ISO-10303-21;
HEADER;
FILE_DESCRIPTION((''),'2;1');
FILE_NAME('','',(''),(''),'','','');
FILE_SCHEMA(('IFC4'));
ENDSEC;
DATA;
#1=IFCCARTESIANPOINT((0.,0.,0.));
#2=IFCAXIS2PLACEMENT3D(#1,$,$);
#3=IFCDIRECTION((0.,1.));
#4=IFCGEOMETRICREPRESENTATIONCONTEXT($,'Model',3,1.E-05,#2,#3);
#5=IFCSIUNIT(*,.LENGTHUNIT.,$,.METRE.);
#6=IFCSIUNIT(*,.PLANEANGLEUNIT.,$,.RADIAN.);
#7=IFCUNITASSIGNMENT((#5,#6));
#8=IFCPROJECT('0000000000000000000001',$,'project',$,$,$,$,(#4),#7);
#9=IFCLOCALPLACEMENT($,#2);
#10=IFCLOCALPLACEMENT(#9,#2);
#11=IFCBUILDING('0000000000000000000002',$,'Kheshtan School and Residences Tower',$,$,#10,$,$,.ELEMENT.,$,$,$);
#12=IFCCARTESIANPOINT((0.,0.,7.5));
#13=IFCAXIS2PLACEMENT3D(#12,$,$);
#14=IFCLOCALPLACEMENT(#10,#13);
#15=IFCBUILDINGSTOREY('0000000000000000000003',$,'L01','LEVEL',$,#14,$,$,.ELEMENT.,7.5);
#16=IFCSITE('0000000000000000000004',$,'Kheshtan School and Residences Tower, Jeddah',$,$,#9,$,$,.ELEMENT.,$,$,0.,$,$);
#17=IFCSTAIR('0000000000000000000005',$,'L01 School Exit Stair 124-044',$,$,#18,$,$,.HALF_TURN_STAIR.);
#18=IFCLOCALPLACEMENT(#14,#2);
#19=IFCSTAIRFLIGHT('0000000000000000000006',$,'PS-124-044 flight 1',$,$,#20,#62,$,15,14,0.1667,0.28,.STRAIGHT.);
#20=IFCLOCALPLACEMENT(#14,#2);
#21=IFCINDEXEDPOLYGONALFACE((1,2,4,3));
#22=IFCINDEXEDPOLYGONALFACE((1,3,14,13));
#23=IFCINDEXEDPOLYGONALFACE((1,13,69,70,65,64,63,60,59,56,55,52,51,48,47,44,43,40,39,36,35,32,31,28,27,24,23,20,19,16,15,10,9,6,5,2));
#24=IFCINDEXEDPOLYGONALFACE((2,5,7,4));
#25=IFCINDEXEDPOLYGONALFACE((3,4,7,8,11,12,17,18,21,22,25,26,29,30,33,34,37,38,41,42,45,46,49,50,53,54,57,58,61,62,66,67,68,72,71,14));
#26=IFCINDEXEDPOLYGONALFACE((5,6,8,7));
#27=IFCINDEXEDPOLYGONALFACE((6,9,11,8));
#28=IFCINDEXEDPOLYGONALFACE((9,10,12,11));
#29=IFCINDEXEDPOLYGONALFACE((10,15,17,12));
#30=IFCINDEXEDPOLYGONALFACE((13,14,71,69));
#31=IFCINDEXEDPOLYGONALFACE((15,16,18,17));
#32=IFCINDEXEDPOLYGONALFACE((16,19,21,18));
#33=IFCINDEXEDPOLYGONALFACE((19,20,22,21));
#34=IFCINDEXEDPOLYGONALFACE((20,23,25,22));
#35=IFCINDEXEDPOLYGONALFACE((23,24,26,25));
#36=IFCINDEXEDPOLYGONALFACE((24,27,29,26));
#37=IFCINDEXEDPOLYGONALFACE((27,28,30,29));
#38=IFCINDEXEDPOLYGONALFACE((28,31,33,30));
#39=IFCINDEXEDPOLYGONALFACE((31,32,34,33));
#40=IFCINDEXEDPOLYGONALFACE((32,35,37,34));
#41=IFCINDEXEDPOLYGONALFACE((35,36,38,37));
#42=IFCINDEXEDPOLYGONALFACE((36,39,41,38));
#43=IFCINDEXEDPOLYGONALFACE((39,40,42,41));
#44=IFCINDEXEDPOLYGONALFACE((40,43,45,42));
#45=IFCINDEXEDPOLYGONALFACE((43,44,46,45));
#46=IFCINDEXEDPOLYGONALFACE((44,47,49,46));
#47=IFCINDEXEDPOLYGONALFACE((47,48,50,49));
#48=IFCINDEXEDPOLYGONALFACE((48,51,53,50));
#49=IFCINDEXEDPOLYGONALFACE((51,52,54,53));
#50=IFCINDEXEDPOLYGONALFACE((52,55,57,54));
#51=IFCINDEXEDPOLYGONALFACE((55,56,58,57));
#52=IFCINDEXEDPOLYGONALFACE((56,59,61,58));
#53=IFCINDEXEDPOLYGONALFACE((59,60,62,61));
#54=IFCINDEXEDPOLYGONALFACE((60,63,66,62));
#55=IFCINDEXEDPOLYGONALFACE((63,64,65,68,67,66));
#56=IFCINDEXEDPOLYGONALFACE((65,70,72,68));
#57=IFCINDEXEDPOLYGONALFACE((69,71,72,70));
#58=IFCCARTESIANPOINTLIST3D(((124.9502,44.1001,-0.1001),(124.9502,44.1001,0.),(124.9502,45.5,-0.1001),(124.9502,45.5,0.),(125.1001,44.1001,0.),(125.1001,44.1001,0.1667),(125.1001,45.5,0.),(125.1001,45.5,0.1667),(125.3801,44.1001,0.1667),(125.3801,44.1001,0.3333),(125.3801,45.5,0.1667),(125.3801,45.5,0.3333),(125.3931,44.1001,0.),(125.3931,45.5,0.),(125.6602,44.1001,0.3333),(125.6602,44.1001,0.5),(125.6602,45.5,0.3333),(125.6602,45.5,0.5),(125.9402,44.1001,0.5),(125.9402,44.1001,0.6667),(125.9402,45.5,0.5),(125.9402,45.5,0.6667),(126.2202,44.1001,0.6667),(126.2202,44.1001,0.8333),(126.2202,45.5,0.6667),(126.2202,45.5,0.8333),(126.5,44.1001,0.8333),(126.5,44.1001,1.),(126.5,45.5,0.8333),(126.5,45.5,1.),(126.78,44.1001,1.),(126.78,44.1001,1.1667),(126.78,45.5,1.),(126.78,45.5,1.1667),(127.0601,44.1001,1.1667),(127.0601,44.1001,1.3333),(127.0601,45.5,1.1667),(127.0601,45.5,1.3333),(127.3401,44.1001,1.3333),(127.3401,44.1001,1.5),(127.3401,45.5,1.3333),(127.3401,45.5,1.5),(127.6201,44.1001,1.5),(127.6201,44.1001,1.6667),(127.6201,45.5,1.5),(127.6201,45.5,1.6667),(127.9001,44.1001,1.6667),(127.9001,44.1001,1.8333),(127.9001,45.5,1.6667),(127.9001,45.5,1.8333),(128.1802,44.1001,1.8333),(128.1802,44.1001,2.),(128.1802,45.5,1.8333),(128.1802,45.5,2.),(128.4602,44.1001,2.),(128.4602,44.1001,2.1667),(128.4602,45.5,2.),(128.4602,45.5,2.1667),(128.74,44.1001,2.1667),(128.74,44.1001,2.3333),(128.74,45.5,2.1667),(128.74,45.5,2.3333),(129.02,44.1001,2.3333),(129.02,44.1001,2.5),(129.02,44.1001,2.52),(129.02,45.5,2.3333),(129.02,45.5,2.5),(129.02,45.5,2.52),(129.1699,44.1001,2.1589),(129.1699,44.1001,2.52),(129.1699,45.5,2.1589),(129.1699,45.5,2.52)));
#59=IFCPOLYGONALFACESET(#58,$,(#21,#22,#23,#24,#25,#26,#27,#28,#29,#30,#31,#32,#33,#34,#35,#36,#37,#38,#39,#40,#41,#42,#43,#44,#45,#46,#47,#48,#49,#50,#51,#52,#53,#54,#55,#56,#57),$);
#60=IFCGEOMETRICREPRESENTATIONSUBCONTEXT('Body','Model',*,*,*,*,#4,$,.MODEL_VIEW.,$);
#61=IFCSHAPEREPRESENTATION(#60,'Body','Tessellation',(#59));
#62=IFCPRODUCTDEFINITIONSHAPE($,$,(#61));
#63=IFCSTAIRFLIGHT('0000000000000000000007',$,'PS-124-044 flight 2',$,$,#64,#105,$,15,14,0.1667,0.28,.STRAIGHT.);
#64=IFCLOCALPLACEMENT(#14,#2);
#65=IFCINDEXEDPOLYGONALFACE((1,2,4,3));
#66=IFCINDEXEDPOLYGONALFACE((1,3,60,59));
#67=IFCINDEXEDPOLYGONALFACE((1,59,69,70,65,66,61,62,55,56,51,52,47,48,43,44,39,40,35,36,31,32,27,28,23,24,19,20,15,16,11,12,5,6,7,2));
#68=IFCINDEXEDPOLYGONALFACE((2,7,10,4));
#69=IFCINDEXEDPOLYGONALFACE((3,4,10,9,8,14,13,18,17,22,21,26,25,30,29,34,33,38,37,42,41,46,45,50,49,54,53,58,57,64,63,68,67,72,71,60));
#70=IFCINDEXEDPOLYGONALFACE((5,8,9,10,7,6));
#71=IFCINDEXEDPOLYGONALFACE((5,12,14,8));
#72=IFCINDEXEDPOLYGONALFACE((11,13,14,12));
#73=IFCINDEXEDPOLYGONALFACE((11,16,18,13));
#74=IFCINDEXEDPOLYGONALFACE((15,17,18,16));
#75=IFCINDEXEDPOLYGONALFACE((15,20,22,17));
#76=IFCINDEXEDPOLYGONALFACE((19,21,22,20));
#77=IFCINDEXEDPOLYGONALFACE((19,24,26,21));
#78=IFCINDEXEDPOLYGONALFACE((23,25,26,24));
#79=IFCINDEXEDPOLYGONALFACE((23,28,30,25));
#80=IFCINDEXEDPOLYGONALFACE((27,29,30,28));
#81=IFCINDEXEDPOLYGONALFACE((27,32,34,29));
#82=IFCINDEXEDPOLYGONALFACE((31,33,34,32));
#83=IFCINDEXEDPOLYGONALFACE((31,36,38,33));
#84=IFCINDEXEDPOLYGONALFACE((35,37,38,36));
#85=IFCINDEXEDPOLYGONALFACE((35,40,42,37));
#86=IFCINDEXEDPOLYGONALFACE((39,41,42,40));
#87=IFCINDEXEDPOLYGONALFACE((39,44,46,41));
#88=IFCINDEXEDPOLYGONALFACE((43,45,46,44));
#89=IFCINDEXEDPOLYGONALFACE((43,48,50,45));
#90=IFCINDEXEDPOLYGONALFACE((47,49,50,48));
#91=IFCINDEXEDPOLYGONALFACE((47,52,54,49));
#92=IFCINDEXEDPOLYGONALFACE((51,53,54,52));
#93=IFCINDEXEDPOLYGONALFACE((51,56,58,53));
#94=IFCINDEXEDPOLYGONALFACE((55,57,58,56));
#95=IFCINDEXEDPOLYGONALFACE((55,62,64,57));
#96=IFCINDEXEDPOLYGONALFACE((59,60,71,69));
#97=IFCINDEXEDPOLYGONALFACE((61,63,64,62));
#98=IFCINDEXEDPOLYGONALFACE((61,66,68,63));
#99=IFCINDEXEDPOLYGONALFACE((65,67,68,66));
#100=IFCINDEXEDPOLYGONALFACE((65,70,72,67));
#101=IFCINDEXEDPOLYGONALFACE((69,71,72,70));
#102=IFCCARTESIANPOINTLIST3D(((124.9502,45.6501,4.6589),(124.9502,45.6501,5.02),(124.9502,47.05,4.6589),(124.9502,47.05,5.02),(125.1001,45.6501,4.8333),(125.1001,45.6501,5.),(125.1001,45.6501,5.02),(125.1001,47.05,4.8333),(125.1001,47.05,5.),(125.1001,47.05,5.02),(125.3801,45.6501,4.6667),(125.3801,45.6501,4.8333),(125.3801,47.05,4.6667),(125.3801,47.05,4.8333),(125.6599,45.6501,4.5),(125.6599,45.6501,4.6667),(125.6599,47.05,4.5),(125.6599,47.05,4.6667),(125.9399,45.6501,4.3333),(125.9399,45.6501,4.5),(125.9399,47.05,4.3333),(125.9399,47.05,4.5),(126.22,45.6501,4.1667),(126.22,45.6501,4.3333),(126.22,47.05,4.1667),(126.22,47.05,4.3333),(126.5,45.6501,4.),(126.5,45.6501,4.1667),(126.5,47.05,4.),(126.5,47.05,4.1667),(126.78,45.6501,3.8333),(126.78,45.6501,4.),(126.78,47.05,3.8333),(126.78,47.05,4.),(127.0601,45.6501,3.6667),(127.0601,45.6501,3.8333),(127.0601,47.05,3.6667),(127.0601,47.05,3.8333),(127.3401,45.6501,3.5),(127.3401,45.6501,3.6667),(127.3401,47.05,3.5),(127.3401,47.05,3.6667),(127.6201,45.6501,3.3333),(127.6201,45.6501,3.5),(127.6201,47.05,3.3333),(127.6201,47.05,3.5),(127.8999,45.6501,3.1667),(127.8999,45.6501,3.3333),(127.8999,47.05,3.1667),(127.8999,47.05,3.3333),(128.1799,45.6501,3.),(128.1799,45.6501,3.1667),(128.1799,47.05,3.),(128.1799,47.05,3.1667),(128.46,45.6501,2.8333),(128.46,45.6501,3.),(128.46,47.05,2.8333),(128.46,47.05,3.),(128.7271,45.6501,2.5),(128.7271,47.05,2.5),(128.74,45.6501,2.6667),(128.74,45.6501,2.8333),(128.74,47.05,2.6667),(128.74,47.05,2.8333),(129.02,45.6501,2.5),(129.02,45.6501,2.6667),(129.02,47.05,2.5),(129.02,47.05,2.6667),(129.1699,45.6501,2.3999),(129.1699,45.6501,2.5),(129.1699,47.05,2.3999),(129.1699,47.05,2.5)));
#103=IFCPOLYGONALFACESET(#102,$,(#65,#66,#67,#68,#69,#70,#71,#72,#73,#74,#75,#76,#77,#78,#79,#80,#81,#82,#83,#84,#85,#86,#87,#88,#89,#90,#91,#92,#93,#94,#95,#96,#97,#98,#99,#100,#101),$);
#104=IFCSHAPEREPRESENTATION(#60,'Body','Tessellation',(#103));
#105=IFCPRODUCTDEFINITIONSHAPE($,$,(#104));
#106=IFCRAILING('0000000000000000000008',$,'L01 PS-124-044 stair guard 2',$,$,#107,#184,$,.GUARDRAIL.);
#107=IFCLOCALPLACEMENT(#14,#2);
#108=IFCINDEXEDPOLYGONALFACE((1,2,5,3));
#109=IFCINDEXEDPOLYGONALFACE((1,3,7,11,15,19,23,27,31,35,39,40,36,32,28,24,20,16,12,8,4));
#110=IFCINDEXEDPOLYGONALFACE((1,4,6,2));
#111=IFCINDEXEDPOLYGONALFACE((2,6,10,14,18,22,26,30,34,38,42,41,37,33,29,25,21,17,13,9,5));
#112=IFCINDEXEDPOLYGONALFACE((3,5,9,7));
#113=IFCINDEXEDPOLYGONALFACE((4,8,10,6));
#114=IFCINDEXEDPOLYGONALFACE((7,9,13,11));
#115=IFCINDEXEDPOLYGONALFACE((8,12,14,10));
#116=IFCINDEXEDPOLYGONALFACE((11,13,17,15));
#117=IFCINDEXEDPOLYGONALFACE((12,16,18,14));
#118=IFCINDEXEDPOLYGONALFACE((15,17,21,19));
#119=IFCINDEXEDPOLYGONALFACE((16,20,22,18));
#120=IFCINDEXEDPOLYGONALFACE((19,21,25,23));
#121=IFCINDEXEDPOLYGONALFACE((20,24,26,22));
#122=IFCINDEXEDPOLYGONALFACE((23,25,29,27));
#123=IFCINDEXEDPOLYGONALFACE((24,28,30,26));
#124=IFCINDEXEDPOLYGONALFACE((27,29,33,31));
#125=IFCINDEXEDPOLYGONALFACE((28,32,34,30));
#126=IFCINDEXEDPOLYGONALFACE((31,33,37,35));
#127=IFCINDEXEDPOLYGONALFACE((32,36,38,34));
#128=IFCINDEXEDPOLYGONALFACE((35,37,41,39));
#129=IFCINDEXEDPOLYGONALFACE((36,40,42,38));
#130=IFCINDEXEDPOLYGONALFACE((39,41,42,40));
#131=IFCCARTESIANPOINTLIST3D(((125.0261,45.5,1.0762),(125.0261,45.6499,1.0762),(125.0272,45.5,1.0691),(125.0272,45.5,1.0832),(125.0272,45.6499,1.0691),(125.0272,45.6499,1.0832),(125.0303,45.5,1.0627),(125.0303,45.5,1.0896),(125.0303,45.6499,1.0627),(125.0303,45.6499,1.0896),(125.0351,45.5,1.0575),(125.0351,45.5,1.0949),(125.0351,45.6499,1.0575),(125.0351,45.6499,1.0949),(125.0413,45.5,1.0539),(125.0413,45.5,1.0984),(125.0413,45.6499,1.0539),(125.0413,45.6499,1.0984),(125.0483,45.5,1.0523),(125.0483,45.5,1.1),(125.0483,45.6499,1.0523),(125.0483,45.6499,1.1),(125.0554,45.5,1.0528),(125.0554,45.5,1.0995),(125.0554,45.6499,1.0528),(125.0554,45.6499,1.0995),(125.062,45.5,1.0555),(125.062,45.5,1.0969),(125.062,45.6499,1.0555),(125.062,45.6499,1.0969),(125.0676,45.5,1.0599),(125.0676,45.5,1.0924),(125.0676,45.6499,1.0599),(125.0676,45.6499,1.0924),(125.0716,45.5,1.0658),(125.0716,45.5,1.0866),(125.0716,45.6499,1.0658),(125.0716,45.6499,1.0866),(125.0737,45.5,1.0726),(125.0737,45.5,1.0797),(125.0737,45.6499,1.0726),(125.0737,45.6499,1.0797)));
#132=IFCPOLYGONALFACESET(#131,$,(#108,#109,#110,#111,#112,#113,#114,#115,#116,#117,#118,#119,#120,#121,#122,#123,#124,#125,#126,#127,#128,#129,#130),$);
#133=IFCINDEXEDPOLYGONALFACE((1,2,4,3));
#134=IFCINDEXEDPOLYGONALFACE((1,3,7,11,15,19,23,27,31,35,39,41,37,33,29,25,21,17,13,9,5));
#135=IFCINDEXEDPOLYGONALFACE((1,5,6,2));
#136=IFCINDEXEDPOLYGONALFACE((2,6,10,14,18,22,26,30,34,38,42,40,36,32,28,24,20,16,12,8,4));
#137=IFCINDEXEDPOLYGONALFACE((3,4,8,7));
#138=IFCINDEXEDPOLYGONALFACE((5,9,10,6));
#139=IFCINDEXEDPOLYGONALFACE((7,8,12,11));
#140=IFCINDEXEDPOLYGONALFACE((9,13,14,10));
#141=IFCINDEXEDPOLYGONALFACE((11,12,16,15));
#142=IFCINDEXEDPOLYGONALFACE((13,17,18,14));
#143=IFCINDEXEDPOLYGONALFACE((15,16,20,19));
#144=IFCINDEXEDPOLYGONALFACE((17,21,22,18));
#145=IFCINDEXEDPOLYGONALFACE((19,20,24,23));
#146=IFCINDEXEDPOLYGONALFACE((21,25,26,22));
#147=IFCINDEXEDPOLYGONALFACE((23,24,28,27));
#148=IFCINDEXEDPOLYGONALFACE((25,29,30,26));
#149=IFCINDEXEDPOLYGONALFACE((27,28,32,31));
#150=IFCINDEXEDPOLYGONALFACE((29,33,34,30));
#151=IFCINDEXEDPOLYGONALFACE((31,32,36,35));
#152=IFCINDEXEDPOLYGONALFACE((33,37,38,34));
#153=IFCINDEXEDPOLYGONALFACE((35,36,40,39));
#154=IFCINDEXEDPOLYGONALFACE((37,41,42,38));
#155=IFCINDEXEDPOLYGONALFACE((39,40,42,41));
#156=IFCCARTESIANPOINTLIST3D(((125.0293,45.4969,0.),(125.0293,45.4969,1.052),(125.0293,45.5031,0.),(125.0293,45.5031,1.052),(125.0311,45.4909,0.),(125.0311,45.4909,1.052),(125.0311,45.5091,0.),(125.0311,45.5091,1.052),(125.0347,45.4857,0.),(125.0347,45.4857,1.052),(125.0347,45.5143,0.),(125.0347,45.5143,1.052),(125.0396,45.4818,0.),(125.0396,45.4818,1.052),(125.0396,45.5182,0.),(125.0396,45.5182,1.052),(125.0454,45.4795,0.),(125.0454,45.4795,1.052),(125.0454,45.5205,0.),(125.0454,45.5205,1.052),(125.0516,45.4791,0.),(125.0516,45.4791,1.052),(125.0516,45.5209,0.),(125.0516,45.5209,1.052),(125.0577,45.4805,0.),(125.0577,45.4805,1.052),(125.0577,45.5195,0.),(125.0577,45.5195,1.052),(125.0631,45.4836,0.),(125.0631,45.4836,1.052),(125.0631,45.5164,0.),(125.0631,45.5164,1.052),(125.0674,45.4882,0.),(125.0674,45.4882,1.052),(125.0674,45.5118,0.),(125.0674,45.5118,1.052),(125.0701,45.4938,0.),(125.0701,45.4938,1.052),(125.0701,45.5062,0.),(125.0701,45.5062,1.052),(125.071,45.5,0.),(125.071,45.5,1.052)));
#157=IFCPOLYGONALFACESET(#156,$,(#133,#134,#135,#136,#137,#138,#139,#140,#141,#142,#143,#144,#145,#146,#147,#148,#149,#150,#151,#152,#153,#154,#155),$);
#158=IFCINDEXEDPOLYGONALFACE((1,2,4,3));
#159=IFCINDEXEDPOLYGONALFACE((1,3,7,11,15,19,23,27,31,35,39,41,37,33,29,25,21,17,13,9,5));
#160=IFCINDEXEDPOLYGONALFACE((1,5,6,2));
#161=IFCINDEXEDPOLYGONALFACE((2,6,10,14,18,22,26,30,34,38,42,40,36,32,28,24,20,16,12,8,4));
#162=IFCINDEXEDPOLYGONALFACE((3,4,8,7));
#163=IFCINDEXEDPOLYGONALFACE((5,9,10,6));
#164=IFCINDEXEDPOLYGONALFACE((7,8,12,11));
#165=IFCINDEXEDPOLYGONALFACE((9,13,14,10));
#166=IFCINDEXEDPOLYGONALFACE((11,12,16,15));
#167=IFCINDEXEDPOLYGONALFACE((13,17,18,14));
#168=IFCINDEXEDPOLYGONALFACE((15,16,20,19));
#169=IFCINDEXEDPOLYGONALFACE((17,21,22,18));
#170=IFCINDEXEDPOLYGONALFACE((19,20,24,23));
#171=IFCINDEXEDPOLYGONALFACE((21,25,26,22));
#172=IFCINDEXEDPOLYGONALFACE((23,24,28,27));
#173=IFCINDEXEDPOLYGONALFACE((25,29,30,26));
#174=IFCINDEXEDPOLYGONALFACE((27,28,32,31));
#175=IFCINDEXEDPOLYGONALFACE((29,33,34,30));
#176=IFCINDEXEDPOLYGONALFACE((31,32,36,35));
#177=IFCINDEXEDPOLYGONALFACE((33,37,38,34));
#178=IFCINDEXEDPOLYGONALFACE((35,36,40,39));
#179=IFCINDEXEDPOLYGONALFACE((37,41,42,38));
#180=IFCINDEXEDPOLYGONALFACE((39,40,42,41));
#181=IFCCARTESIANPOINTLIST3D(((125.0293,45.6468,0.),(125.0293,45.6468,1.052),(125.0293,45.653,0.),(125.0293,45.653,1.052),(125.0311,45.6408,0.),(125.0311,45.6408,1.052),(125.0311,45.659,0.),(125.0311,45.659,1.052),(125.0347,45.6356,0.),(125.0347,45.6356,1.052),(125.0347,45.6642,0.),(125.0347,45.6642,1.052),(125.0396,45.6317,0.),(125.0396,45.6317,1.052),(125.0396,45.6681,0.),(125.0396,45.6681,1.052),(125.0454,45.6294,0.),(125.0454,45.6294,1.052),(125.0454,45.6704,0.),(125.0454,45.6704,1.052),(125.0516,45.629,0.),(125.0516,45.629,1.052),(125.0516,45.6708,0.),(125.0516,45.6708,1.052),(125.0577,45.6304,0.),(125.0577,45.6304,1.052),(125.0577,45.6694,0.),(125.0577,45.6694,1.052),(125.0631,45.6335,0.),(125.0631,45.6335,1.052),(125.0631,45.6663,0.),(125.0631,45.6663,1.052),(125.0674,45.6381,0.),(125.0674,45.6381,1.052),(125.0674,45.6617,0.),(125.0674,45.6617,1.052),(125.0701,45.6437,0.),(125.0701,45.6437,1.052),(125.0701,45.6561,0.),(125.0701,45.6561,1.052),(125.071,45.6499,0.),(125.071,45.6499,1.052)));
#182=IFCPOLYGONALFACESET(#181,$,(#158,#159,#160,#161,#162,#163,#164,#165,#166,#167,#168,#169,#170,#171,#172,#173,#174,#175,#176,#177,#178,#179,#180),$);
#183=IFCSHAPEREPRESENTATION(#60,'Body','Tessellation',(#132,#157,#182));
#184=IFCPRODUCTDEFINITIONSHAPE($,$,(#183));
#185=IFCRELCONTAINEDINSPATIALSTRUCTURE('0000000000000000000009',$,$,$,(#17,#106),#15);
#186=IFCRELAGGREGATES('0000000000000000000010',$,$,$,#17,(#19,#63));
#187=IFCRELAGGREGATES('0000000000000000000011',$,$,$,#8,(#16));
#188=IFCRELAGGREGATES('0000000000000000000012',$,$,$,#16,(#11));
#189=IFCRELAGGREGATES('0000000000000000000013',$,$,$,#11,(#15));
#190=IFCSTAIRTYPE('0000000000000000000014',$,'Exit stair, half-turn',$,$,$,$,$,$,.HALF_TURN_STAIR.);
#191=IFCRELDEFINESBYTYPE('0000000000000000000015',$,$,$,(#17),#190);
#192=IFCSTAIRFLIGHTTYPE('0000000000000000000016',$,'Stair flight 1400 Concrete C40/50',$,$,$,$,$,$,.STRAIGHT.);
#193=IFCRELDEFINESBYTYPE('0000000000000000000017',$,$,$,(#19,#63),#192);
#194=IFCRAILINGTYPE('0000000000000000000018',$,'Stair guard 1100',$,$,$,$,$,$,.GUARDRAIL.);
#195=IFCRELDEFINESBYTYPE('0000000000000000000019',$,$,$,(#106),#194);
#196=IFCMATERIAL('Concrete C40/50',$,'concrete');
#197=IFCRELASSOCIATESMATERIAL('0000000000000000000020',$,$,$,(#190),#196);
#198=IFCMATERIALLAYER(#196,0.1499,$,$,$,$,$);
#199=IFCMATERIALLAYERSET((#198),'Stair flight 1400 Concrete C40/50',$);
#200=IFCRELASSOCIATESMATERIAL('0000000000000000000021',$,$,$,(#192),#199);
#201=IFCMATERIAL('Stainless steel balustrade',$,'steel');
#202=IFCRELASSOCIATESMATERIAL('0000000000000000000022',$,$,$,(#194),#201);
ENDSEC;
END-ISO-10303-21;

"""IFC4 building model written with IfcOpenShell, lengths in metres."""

from ifc_helpers import new_model, si_unit, direction, frame, origin, origin_2d, place, context, subcontext, project, spatial, polyline, circle, outline, extrude, material, layer, layer_set, type_object, element, aggregate, save


model = new_model("IFC4")

# Units and contexts
model_context = context("Model", 3, precision=1e-05, world=origin(), true_north=direction((0.0, 1.0)))
body_context = subcontext(model_context, "Body", "Model", "MODEL_VIEW")
ifc_project = project(units=[si_unit("LENGTHUNIT", "METRE"), si_unit("PLANEANGLEUNIT", "RADIAN")], contexts=[model_context])

# Site, building, storey
site_placement = place(None, origin())
site = spatial("IfcSite", under=ifc_project, at=site_placement, Name="Kheshtan School and Residences Tower, Jeddah", CompositionType="ELEMENT", RefElevation=0.0)
building_placement = place(site_placement, origin())
building = spatial("IfcBuilding", under=site, at=building_placement, Name="Kheshtan School and Residences Tower", CompositionType="ELEMENT")
storey_placement = place(building_placement, frame((0.0, 0.0, 7.5)))
storey = spatial("IfcBuildingStorey", under=building, at=storey_placement, Name="L01", Description="LEVEL", CompositionType="ELEMENT", Elevation=7.5)

# Shared definitions
ifc_material_1 = material(Name="Concrete C40/50", Category="concrete")

# Stair, stair flights
stair_type = type_object("IfcStairType", Name="Exit stair, half-turn", PredefinedType="HALF_TURN_STAIR", material=ifc_material_1)
stair_placement = place(storey_placement, origin())
stair = element("IfcStair", 1, at=stair_placement, inside=storey, type_object=stair_type, Name="L01 School Exit Stair 124-044", PredefinedType="HALF_TURN_STAIR")
ifc_layer_1 = layer(ifc_material_1, 0.1499)
ifc_layer_set_1 = layer_set([ifc_layer_1], Name="Stair flight 1400 Concrete C40/50")
stair_flight_type = type_object("IfcStairFlightType", Name="Stair flight 1400 Concrete C40/50", PredefinedType="STRAIGHT", material=ifc_layer_set_1)
stair_flight_1_placement = place(storey_placement, frame((125.1001, 44.8, 0.0), z_axis=(0.0, 0.0, 1.0), x_axis=(1.0, 0.0, 0.0)))
stair_flight_1 = element("IfcStairFlight", 2, at=stair_flight_1_placement, type_object=stair_flight_type, Name="PS-124-044 flight 1", NumberOfRisers=15, NumberOfTreads=14, PredefinedType="STRAIGHT", RiserHeight=0.1667, TreadLength=0.28, context=body_context, shape_type="SweptSolid", body=[
    extrude(outline(polyline([(-0.1499, -0.1001), (-0.1499, 0.0), (0.0, 0.0), (0.0, 0.1667), (0.28, 0.1667), (0.28, 0.3333), (0.5601, 0.3333), (0.5601, 0.5), (0.8401, 0.5), (0.8401, 0.6667), (1.1201, 0.6667), (1.1201, 0.8333), (1.3999, 0.8333), (1.3999, 1.0), (1.6799, 1.0), (1.6799, 1.1667), (1.96, 1.1667), (1.96, 1.3333), (2.24, 1.3333), (2.24, 1.5), (2.52, 1.5), (2.52, 1.6667), (2.8, 1.6667), (2.8, 1.8333), (3.0801, 1.8333), (3.0801, 2.0), (3.3601, 2.0), (3.3601, 2.1667), (3.6399, 2.1667), (3.6399, 2.3333), (3.9199, 2.3333), (3.9199, 2.5), (3.9199, 2.52), (4.0698, 2.52), (4.0698, 2.1589), (0.293, 0.0), (-0.1499, -0.1001)])), frame((0.0, 0.7, 0.0), z_axis=(0.0, -1.0, 0.0), x_axis=(1.0, 0.0, 0.0)), (0.0, 0.0, 1.0), 1.3999),
])
stair_flight_2_placement = place(storey_placement, frame((129.02, 46.3501, 2.5), z_axis=(0.0, 0.0, 1.0), x_axis=(-1.0, 0.0, 0.0)))
stair_flight_2 = element("IfcStairFlight", 3, at=stair_flight_2_placement, type_object=stair_flight_type, Name="PS-124-044 flight 2", NumberOfRisers=15, NumberOfTreads=14, PredefinedType="STRAIGHT", RiserHeight=0.1667, TreadLength=0.28, context=body_context, shape_type="SweptSolid", body=[
    extrude(outline(polyline([(-0.1499, -0.1001), (-0.1499, 0.0), (0.0, 0.0), (0.0, 0.1667), (0.28, 0.1667), (0.28, 0.3333), (0.5601, 0.3333), (0.5601, 0.5), (0.8401, 0.5), (0.8401, 0.6667), (1.1201, 0.6667), (1.1201, 0.8333), (1.3999, 0.8333), (1.3999, 1.0), (1.6799, 1.0), (1.6799, 1.1667), (1.96, 1.1667), (1.96, 1.3333), (2.24, 1.3333), (2.24, 1.5), (2.52, 1.5), (2.52, 1.6667), (2.8, 1.6667), (2.8, 1.8333), (3.0801, 1.8333), (3.0801, 2.0), (3.3601, 2.0), (3.3601, 2.1667), (3.6399, 2.1667), (3.6399, 2.3333), (3.9199, 2.3333), (3.9199, 2.5), (3.9199, 2.52), (4.0698, 2.52), (4.0698, 2.1589), (0.293, 0.0), (-0.1499, -0.1001)])), frame((0.0, 0.7, 0.0), z_axis=(0.0, -1.0, 0.0), x_axis=(1.0, 0.0, 0.0)), (0.0, 0.0, 1.0), 1.3999),
])
aggregate(stair, [stair_flight_1, stair_flight_2])

# Railing
ifc_material_2 = material(Name="Stainless steel balustrade", Category="steel")
railing_type_1 = type_object("IfcRailingType", Name="Stair guard 1100", PredefinedType="GUARDRAIL", material=ifc_material_2)
railing_1_placement = place(storey_placement, frame((125.05, 45.5, 0.0)))
element("IfcRailing", 4, at=railing_1_placement, inside=storey, type_object=railing_type_1, Name="L01 PS-124-044 stair guard 2", PredefinedType="GUARDRAIL", context=body_context, shape_type="SweptSolid", body=[
    extrude(circle(Radius=0.0239, at=origin_2d()), frame((0.0, 0.0, 1.0762), z_axis=(0.0, 1.0, 0.0), x_axis=(-1.0, 0.0, 0.0)), (0.0, 0.0, 1.0), 0.1499),
    extrude(circle(Radius=0.021, at=origin_2d()), origin(), (0.0, 0.0, 1.0), 1.052),
    extrude(circle(Radius=0.021, at=origin_2d()), frame((0.0, 0.1499, 0.0)), (0.0, 0.0, 1.0), 1.052),
])

save(model, "model.ifc")
